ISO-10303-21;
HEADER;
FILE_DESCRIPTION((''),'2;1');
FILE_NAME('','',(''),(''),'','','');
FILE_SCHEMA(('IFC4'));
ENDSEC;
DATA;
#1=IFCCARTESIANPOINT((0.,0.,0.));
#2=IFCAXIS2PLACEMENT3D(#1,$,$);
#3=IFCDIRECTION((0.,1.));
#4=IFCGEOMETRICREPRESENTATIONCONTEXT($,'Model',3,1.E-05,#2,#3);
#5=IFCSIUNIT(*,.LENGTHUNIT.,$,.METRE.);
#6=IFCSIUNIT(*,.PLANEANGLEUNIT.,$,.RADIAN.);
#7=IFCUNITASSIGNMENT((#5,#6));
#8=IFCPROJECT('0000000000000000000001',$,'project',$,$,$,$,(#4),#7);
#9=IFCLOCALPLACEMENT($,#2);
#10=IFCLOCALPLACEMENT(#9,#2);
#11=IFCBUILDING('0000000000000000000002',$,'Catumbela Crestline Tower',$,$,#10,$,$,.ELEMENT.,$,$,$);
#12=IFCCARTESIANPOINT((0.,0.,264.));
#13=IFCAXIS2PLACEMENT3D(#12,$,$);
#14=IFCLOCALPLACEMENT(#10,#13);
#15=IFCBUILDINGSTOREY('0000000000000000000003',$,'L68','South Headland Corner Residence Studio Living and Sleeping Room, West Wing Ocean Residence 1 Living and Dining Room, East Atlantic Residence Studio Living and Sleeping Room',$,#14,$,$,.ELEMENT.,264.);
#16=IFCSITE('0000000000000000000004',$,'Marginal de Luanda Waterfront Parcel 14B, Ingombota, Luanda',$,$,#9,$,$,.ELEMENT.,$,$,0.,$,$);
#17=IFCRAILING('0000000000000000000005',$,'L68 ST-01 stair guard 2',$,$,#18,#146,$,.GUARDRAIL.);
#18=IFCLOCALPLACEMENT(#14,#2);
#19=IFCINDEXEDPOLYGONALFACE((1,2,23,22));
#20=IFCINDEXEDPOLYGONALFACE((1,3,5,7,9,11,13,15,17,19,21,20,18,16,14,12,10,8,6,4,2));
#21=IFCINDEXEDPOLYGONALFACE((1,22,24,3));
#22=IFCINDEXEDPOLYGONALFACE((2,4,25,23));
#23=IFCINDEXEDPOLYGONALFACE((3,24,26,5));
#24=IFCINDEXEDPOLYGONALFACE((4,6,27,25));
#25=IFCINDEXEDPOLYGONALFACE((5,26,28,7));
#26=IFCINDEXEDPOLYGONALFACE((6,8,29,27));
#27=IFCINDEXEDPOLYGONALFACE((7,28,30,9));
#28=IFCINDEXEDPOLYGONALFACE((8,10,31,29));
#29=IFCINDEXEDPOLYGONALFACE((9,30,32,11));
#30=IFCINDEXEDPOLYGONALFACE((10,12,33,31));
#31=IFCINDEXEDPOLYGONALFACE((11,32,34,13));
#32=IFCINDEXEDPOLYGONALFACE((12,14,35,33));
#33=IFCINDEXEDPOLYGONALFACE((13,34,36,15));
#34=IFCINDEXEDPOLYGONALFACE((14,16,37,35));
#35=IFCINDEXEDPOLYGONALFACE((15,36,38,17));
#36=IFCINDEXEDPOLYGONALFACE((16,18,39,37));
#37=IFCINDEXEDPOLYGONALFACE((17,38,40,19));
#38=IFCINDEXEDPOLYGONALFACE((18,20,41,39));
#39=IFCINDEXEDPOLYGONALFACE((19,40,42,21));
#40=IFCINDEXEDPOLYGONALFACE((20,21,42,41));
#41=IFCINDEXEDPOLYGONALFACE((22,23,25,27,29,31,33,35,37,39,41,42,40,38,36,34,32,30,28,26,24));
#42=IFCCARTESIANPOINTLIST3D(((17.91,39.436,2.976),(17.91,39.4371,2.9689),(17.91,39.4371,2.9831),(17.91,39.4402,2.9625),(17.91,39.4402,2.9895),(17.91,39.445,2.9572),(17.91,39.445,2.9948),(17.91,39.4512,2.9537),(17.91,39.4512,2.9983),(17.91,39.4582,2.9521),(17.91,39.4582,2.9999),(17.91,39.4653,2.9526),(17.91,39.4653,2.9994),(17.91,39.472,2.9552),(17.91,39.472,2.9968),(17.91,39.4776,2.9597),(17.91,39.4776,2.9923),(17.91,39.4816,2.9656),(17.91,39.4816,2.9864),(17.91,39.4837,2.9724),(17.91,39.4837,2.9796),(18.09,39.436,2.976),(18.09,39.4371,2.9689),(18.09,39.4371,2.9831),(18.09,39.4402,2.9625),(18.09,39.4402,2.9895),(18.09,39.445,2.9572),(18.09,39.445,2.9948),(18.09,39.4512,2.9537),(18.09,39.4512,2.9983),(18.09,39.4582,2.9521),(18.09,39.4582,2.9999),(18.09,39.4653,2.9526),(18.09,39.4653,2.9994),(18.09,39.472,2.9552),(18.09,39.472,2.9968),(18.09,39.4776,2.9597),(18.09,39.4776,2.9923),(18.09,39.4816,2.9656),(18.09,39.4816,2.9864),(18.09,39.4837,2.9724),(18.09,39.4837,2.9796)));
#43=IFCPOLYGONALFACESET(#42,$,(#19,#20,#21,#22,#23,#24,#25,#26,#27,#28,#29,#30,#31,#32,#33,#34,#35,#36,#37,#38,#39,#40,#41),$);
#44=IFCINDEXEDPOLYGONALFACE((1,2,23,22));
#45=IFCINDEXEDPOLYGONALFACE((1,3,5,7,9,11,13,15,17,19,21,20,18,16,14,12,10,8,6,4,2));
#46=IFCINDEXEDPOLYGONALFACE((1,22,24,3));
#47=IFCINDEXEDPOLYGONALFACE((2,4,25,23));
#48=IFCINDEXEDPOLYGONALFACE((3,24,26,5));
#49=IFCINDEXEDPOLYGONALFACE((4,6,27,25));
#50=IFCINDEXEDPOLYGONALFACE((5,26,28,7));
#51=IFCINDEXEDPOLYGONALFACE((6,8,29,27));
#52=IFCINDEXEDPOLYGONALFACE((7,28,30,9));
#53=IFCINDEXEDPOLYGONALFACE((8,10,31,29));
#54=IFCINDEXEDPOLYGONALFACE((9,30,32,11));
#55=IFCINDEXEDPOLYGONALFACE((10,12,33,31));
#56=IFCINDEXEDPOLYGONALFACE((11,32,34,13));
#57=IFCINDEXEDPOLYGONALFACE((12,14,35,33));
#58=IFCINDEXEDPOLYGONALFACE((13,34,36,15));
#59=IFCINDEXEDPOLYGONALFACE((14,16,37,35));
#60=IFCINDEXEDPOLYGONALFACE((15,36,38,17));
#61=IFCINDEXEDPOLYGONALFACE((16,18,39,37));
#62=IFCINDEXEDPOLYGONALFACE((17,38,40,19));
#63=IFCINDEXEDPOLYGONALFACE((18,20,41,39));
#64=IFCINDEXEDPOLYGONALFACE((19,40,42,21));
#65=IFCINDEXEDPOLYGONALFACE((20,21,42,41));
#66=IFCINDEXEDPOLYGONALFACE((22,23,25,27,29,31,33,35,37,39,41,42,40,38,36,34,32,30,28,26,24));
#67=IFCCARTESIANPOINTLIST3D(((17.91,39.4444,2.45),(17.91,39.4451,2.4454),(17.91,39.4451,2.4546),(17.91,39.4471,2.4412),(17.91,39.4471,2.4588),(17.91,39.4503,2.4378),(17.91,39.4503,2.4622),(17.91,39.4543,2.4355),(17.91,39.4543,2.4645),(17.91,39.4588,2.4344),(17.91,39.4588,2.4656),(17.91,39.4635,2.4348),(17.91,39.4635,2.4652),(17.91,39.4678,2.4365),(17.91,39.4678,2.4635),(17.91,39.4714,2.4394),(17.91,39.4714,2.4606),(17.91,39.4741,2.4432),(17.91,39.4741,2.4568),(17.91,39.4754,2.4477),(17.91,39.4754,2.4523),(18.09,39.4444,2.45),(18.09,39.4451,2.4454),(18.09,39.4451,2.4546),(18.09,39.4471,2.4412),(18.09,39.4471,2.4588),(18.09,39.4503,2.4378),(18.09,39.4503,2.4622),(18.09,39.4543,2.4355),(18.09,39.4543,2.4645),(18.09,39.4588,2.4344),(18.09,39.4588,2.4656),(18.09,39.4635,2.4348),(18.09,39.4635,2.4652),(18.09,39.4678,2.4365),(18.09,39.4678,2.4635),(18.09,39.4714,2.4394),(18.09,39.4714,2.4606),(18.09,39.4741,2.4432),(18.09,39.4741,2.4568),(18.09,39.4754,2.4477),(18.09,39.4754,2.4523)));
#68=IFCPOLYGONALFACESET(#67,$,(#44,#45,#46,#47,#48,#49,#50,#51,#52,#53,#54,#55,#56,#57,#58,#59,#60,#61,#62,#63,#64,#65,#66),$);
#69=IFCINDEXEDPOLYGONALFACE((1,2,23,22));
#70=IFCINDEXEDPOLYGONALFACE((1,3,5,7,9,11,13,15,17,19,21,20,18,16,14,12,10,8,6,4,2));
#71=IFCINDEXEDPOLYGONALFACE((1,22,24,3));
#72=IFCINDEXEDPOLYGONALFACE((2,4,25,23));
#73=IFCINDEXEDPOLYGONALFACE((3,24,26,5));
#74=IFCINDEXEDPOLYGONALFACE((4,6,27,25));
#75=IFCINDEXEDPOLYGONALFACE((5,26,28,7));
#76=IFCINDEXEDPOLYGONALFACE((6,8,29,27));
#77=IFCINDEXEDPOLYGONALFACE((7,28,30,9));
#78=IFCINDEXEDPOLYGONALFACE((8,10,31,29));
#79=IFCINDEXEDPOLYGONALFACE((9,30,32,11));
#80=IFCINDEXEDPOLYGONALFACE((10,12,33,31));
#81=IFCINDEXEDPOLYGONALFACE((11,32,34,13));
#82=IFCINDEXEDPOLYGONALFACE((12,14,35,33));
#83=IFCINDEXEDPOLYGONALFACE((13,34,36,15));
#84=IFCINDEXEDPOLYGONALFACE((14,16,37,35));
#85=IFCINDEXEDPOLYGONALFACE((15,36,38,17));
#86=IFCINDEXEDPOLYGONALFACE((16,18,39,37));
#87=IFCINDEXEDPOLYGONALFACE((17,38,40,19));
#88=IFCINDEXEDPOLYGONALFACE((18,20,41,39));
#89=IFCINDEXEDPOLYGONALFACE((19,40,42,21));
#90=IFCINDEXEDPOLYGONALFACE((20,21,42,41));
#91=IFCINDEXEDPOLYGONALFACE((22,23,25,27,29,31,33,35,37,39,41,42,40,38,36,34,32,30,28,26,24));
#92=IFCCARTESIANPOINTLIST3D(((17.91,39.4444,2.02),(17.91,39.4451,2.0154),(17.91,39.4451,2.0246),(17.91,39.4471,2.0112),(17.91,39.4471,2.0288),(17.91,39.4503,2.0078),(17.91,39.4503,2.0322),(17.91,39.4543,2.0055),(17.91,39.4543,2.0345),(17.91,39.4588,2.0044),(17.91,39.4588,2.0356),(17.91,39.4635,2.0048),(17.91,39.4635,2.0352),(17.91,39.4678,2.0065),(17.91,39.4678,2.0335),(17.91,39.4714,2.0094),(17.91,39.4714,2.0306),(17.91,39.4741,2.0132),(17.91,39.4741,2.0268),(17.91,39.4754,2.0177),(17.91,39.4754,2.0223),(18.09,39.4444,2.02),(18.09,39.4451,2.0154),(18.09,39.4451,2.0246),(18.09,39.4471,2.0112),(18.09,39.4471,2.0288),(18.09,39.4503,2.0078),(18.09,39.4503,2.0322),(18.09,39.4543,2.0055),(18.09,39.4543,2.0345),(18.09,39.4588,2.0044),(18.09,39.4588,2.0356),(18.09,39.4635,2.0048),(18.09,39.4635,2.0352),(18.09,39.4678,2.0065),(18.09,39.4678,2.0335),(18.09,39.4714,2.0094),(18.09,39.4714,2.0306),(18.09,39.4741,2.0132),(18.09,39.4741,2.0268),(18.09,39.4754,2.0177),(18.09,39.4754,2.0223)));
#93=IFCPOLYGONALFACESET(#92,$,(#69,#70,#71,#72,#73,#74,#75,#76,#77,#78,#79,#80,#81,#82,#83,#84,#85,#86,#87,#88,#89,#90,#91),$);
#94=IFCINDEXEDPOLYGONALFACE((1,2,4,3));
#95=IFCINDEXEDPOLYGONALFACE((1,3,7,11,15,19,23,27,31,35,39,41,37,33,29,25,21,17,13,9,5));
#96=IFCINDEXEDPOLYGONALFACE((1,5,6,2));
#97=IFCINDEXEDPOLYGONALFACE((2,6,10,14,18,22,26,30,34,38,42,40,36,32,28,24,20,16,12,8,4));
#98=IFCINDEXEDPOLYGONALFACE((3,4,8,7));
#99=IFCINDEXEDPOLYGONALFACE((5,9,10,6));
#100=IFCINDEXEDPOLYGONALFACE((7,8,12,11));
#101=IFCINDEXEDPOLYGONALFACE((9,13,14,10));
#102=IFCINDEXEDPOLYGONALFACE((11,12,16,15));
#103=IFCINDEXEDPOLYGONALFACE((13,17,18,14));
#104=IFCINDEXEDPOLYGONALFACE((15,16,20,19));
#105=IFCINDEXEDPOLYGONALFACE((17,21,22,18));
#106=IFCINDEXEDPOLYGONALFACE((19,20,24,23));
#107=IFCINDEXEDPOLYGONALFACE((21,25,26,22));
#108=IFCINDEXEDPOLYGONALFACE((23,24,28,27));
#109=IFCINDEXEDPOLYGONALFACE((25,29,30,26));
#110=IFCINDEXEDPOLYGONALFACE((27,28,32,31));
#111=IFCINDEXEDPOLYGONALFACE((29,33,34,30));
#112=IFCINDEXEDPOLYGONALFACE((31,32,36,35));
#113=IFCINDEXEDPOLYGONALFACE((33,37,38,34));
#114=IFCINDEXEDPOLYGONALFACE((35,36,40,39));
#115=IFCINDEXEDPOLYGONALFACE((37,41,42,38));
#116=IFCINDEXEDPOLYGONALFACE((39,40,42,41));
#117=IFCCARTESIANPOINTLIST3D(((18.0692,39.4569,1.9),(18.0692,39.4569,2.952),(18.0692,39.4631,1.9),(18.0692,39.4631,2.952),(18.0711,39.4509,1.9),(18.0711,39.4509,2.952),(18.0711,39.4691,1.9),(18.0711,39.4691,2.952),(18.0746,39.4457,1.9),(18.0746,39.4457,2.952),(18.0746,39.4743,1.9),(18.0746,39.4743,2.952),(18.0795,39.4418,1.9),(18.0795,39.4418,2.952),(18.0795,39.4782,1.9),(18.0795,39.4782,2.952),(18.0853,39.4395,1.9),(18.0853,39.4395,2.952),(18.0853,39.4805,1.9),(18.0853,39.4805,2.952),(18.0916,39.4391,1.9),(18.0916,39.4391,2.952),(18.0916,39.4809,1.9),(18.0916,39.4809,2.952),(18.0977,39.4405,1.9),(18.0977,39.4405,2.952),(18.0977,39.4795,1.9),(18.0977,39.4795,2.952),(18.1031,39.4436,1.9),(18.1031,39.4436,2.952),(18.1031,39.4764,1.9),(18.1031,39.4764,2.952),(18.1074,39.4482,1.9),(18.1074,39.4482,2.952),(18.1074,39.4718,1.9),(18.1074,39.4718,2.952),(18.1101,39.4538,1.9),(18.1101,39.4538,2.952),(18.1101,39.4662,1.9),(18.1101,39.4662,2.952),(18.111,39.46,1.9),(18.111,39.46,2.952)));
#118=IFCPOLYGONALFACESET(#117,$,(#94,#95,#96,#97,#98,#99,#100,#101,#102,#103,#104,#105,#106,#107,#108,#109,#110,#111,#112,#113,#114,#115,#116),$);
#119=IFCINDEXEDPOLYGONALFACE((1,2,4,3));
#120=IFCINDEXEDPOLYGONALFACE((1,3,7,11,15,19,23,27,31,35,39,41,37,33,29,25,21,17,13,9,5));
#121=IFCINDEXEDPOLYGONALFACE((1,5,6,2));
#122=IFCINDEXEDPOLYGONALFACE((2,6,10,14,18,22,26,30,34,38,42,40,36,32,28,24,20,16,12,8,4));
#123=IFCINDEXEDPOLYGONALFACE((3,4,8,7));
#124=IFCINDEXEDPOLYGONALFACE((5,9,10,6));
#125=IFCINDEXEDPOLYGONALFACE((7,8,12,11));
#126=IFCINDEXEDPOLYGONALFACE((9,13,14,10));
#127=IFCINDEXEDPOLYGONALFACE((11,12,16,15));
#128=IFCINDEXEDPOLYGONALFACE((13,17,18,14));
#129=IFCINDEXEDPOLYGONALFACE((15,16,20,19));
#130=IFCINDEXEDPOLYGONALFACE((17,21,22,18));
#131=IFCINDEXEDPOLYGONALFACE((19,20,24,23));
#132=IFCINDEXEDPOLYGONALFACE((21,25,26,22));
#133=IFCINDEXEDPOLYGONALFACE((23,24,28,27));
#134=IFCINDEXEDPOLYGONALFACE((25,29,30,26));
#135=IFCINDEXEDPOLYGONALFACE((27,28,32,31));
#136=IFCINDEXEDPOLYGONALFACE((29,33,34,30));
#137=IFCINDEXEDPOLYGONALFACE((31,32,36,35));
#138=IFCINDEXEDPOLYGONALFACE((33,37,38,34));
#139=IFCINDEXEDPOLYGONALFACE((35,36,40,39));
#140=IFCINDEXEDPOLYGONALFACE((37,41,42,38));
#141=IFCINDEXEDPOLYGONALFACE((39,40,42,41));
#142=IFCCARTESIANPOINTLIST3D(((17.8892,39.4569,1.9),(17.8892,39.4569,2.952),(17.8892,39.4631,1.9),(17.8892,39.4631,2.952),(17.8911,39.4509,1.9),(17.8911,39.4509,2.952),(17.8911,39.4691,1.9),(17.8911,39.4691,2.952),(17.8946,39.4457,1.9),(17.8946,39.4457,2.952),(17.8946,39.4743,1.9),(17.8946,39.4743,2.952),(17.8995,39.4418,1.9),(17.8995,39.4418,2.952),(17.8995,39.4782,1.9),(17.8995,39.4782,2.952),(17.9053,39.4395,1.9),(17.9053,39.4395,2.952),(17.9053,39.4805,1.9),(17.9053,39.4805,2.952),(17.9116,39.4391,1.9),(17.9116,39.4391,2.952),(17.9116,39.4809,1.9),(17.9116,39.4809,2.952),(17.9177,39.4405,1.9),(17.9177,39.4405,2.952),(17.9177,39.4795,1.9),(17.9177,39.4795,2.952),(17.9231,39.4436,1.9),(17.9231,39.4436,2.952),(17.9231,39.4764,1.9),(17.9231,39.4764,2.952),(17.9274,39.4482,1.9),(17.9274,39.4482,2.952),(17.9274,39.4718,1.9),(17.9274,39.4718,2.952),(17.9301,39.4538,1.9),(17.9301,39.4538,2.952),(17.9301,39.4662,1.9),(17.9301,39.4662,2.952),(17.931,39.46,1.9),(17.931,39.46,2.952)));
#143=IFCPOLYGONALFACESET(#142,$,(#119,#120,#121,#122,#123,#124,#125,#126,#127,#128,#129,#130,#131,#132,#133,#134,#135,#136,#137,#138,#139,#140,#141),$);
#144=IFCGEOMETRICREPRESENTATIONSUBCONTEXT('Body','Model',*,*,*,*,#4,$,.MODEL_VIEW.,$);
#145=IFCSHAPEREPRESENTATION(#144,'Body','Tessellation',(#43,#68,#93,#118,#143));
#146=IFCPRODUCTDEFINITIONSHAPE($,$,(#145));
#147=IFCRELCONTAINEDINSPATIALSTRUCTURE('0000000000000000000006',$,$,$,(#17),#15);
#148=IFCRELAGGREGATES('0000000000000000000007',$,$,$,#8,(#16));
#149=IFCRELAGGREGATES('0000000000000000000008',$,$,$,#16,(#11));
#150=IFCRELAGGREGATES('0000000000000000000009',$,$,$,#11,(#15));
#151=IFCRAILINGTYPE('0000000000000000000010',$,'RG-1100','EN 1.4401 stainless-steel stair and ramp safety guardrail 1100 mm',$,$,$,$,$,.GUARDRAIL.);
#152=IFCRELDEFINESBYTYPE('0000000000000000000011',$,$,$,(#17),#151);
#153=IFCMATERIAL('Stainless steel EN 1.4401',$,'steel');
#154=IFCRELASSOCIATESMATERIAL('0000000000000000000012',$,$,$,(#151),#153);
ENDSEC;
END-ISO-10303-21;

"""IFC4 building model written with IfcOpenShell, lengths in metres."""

from ifc_helpers import new_model, si_unit, direction, frame, origin, origin_2d, place, context, subcontext, project, spatial, circle, extrude, material, type_object, element, save


model = new_model("IFC4")

# Units and contexts
model_context = context("Model", 3, precision=1e-05, world=origin(), true_north=direction((0.0, 1.0)))
body_context = subcontext(model_context, "Body", "Model", "MODEL_VIEW")
ifc_project = project(units=[si_unit("LENGTHUNIT", "METRE"), si_unit("PLANEANGLEUNIT", "RADIAN")], contexts=[model_context])

# Site, building, storey
site_placement = place(None, origin())
site = spatial("IfcSite", under=ifc_project, at=site_placement, Name="Marginal de Luanda Waterfront Parcel 14B, Ingombota, Luanda", CompositionType="ELEMENT", RefElevation=0.0)
building_placement = place(site_placement, origin())
building = spatial("IfcBuilding", under=site, at=building_placement, Name="Catumbela Crestline Tower", CompositionType="ELEMENT")
storey_placement = place(building_placement, frame((0.0, 0.0, 264.0)))
storey = spatial("IfcBuildingStorey", under=building, at=storey_placement, Name="L68", Description="South Headland Corner Residence Studio Living and Sleeping Room, West Wing Ocean Residence 1 Living and Dining Room, East Atlantic Residence Studio Living and Sleeping Room", CompositionType="ELEMENT", Elevation=264.0)

# Shared definitions
ifc_material_1 = material(Name="Stainless steel EN 1.4401", Category="steel")

# Railing
railing_type_1 = type_object("IfcRailingType", Name="RG-1100", Description="EN 1.4401 stainless-steel stair and ramp safety guardrail 1100 mm", PredefinedType="GUARDRAIL", material=ifc_material_1)
railing_1_placement = place(storey_placement, frame((18.09, 39.46, 1.9)))
element("IfcRailing", 1, at=railing_1_placement, inside=storey, type_object=railing_type_1, Name="L68 ST-01 stair guard 2", PredefinedType="GUARDRAIL", context=body_context, shape_type="SweptSolid", body=[
    extrude(circle(Radius=0.024, at=origin_2d()), frame((0.0, 0.0, 1.076), z_axis=(-1.0, 0.0, 0.0), x_axis=(0.0, -1.0, 0.0)), (0.0, 0.0, 1.0), 0.18),
    extrude(circle(Radius=0.0156, at=origin_2d()), frame((0.0, 0.0, 0.55), z_axis=(-1.0, 0.0, 0.0), x_axis=(0.0, -1.0, 0.0)), (0.0, 0.0, 1.0), 0.18),
    extrude(circle(Radius=0.0156, at=origin_2d()), frame((0.0, 0.0, 0.12), z_axis=(-1.0, 0.0, 0.0), x_axis=(0.0, -1.0, 0.0)), (0.0, 0.0, 1.0), 0.18),
    extrude(circle(Radius=0.021, at=origin_2d()), origin(), (0.0, 0.0, 1.0), 1.052),
    extrude(circle(Radius=0.021, at=origin_2d()), frame((-0.18, 0.0, 0.0)), (0.0, 0.0, 1.0), 1.052),
])

save(model, "model.ifc")
